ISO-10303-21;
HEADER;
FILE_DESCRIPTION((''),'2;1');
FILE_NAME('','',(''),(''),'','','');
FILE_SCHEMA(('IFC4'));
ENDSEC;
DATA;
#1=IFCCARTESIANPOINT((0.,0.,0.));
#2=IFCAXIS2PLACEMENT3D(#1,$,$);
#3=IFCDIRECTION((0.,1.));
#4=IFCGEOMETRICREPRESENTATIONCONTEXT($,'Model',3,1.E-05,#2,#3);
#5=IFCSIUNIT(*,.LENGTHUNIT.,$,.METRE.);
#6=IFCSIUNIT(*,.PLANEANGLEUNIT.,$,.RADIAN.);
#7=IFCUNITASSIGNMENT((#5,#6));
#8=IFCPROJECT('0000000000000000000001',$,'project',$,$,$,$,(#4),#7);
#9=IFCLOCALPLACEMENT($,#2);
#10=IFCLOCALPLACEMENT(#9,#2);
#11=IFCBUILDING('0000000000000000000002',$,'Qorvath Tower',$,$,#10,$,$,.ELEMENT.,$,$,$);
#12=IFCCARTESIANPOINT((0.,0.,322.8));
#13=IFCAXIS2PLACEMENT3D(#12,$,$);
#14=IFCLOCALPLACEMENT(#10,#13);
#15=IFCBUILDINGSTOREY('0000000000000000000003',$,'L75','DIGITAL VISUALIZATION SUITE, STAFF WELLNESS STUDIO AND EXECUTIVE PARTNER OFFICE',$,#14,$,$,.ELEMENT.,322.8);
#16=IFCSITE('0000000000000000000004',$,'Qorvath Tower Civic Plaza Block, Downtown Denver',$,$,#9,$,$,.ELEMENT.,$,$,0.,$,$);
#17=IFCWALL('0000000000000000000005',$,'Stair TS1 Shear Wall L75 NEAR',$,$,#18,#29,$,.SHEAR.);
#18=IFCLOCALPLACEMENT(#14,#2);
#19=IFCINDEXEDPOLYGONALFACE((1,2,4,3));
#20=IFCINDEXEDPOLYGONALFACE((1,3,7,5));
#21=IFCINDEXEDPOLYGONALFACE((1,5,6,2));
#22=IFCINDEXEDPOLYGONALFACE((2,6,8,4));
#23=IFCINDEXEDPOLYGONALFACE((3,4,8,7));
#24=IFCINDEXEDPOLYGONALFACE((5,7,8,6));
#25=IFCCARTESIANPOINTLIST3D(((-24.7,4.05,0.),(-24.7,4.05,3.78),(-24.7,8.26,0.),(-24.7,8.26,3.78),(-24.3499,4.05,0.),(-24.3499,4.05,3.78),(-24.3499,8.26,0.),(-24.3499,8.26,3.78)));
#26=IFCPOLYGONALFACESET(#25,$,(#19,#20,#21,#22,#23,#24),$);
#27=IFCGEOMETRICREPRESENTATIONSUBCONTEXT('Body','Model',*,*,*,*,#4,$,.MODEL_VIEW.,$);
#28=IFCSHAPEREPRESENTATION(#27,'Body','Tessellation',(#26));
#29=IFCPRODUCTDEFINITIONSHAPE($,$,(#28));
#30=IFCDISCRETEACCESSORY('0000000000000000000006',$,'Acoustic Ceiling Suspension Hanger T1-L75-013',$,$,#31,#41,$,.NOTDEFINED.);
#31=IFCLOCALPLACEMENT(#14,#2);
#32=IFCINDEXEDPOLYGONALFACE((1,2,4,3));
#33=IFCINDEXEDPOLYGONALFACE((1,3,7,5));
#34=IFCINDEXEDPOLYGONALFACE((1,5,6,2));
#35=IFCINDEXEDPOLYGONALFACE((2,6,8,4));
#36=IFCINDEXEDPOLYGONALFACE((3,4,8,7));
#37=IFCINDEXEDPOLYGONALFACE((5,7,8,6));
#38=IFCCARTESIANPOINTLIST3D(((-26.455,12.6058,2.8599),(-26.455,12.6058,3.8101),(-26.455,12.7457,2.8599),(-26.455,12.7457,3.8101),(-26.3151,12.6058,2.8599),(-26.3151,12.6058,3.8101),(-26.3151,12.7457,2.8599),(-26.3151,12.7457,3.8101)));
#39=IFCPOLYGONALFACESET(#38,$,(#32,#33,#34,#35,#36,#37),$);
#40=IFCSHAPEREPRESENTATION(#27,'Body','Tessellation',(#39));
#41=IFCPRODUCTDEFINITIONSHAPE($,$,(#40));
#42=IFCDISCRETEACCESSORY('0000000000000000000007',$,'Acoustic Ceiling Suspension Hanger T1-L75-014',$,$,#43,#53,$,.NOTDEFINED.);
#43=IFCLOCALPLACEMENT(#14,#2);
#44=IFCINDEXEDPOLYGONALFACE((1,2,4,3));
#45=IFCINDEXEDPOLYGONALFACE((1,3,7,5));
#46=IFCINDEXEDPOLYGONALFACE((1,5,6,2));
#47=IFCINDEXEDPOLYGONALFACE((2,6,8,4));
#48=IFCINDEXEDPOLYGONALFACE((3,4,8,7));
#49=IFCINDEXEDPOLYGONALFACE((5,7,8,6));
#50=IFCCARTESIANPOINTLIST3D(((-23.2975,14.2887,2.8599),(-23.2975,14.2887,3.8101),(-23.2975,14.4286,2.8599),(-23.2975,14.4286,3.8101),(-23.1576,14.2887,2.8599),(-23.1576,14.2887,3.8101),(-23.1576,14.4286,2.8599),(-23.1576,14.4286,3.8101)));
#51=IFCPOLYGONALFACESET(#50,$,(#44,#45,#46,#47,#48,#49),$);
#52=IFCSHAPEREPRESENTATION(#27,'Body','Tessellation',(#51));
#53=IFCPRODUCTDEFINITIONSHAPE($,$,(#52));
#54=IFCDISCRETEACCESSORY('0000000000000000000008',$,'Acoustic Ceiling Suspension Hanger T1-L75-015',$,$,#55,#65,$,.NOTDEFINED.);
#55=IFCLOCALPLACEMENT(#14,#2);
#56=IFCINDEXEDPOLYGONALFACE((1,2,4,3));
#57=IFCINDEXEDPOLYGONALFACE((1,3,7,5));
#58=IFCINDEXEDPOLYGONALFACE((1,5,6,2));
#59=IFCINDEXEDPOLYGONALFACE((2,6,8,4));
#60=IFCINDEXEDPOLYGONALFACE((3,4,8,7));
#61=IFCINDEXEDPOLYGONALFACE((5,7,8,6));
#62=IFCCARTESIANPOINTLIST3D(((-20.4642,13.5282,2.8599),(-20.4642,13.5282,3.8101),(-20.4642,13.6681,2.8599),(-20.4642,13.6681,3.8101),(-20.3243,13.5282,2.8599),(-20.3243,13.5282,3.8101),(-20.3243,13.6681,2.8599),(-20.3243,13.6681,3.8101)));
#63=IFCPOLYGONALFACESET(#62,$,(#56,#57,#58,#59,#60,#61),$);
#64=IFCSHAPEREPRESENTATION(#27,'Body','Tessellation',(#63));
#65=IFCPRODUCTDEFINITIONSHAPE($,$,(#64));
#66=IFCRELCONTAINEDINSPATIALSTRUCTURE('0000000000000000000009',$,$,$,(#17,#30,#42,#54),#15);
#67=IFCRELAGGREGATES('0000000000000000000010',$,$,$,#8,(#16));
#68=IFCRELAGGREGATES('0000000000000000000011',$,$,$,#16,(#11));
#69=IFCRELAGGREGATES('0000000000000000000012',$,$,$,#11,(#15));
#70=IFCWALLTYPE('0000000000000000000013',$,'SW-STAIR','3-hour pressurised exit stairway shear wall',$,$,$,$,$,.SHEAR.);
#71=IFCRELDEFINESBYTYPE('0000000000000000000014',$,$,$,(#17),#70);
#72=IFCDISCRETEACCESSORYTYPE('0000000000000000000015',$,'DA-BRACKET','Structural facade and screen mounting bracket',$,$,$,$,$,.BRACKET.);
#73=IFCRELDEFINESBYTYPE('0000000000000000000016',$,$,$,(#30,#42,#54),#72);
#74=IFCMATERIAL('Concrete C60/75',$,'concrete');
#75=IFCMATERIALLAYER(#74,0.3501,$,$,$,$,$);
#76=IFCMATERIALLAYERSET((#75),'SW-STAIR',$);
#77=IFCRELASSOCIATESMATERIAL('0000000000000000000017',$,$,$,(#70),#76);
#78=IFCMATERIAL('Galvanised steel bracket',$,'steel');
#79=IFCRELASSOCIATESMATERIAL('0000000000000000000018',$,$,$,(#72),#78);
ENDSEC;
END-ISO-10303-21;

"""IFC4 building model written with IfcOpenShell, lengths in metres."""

from ifc_helpers import new_model, si_unit, direction, frame, frame_2d, origin, origin_2d, place, context, subcontext, project, spatial, rectangle, extrude, material, layer, layer_set, type_object, element, save


model = new_model("IFC4")

# Units and contexts
model_context = context("Model", 3, precision=1e-05, world=origin(), true_north=direction((0.0, 1.0)))
body_context = subcontext(model_context, "Body", "Model", "MODEL_VIEW")
ifc_project = project(units=[si_unit("LENGTHUNIT", "METRE"), si_unit("PLANEANGLEUNIT", "RADIAN")], contexts=[model_context])

# Site, building, storey
site_placement = place(None, origin())
site = spatial("IfcSite", under=ifc_project, at=site_placement, Name="Qorvath Tower Civic Plaza Block, Downtown Denver", CompositionType="ELEMENT", RefElevation=0.0)
building_placement = place(site_placement, origin())
building = spatial("IfcBuilding", under=site, at=building_placement, Name="Qorvath Tower", CompositionType="ELEMENT")
storey_placement = place(building_placement, frame((0.0, 0.0, 322.8)))
storey = spatial("IfcBuildingStorey", under=building, at=storey_placement, Name="L75", Description="DIGITAL VISUALIZATION SUITE, STAFF WELLNESS STUDIO AND EXECUTIVE PARTNER OFFICE", CompositionType="ELEMENT", Elevation=322.8)

# Wall
ifc_material_1 = material(Name="Concrete C60/75", Category="concrete")
ifc_layer_1 = layer(ifc_material_1, 0.3501)
ifc_layer_set_1 = layer_set([ifc_layer_1], Name="SW-STAIR")
wall_type_1 = type_object("IfcWallType", Name="SW-STAIR", Description="3-hour pressurised exit stairway shear wall", PredefinedType="SHEAR", material=ifc_layer_set_1)
wall_1_placement = place(storey_placement, frame((-24.5249, 8.26, 0.0), z_axis=(0.0, 0.0, 1.0), x_axis=(0.0, -1.0, 0.0)))
element("IfcWall", 1, at=wall_1_placement, inside=storey, type_object=wall_type_1, Name="Stair TS1 Shear Wall L75 NEAR", PredefinedType="SHEAR", context=body_context, shape_type="SweptSolid", body=[
    extrude(rectangle(XDim=4.21, YDim=0.3501, at=frame_2d((2.105, 0.0))), origin(), (0.0, 0.0, 1.0), 3.78),
])

# Discrete accessories
ifc_material_2 = material(Name="Galvanised steel bracket", Category="steel")
discrete_accessory_type = type_object("IfcDiscreteAccessoryType", Name="DA-BRACKET", Description="Structural facade and screen mounting bracket", PredefinedType="BRACKET", material=ifc_material_2)
for number, where, z_axis, x_axis, name in (
    (2, (-26.385, 12.6758, 2.8599), (0.0, 0.0, 1.0), (1.0, 0.0, 0.0), "Acoustic Ceiling Suspension Hanger T1-L75-013"),
    (3, (-23.2275, 14.3586, 2.8599), (0.0, 0.0, 1.0), (1.0, 0.0, 0.0), "Acoustic Ceiling Suspension Hanger T1-L75-014"),
    (4, (-20.3943, 13.5981, 2.8599), (0.0, 0.0, 1.0), (1.0, 0.0, 0.0), "Acoustic Ceiling Suspension Hanger T1-L75-015"),
):
    element("IfcDiscreteAccessory", number, at=place(storey_placement, frame(where, z_axis=z_axis, x_axis=x_axis)), inside=storey, type_object=discrete_accessory_type, Name=name, PredefinedType="NOTDEFINED", context=body_context, shape_type="SweptSolid", body=[
        extrude(rectangle(XDim=0.1399, YDim=0.1399, at=origin_2d()), origin(), (0.0, 0.0, 1.0), 0.9502),
    ])

save(model, "model.ifc")
